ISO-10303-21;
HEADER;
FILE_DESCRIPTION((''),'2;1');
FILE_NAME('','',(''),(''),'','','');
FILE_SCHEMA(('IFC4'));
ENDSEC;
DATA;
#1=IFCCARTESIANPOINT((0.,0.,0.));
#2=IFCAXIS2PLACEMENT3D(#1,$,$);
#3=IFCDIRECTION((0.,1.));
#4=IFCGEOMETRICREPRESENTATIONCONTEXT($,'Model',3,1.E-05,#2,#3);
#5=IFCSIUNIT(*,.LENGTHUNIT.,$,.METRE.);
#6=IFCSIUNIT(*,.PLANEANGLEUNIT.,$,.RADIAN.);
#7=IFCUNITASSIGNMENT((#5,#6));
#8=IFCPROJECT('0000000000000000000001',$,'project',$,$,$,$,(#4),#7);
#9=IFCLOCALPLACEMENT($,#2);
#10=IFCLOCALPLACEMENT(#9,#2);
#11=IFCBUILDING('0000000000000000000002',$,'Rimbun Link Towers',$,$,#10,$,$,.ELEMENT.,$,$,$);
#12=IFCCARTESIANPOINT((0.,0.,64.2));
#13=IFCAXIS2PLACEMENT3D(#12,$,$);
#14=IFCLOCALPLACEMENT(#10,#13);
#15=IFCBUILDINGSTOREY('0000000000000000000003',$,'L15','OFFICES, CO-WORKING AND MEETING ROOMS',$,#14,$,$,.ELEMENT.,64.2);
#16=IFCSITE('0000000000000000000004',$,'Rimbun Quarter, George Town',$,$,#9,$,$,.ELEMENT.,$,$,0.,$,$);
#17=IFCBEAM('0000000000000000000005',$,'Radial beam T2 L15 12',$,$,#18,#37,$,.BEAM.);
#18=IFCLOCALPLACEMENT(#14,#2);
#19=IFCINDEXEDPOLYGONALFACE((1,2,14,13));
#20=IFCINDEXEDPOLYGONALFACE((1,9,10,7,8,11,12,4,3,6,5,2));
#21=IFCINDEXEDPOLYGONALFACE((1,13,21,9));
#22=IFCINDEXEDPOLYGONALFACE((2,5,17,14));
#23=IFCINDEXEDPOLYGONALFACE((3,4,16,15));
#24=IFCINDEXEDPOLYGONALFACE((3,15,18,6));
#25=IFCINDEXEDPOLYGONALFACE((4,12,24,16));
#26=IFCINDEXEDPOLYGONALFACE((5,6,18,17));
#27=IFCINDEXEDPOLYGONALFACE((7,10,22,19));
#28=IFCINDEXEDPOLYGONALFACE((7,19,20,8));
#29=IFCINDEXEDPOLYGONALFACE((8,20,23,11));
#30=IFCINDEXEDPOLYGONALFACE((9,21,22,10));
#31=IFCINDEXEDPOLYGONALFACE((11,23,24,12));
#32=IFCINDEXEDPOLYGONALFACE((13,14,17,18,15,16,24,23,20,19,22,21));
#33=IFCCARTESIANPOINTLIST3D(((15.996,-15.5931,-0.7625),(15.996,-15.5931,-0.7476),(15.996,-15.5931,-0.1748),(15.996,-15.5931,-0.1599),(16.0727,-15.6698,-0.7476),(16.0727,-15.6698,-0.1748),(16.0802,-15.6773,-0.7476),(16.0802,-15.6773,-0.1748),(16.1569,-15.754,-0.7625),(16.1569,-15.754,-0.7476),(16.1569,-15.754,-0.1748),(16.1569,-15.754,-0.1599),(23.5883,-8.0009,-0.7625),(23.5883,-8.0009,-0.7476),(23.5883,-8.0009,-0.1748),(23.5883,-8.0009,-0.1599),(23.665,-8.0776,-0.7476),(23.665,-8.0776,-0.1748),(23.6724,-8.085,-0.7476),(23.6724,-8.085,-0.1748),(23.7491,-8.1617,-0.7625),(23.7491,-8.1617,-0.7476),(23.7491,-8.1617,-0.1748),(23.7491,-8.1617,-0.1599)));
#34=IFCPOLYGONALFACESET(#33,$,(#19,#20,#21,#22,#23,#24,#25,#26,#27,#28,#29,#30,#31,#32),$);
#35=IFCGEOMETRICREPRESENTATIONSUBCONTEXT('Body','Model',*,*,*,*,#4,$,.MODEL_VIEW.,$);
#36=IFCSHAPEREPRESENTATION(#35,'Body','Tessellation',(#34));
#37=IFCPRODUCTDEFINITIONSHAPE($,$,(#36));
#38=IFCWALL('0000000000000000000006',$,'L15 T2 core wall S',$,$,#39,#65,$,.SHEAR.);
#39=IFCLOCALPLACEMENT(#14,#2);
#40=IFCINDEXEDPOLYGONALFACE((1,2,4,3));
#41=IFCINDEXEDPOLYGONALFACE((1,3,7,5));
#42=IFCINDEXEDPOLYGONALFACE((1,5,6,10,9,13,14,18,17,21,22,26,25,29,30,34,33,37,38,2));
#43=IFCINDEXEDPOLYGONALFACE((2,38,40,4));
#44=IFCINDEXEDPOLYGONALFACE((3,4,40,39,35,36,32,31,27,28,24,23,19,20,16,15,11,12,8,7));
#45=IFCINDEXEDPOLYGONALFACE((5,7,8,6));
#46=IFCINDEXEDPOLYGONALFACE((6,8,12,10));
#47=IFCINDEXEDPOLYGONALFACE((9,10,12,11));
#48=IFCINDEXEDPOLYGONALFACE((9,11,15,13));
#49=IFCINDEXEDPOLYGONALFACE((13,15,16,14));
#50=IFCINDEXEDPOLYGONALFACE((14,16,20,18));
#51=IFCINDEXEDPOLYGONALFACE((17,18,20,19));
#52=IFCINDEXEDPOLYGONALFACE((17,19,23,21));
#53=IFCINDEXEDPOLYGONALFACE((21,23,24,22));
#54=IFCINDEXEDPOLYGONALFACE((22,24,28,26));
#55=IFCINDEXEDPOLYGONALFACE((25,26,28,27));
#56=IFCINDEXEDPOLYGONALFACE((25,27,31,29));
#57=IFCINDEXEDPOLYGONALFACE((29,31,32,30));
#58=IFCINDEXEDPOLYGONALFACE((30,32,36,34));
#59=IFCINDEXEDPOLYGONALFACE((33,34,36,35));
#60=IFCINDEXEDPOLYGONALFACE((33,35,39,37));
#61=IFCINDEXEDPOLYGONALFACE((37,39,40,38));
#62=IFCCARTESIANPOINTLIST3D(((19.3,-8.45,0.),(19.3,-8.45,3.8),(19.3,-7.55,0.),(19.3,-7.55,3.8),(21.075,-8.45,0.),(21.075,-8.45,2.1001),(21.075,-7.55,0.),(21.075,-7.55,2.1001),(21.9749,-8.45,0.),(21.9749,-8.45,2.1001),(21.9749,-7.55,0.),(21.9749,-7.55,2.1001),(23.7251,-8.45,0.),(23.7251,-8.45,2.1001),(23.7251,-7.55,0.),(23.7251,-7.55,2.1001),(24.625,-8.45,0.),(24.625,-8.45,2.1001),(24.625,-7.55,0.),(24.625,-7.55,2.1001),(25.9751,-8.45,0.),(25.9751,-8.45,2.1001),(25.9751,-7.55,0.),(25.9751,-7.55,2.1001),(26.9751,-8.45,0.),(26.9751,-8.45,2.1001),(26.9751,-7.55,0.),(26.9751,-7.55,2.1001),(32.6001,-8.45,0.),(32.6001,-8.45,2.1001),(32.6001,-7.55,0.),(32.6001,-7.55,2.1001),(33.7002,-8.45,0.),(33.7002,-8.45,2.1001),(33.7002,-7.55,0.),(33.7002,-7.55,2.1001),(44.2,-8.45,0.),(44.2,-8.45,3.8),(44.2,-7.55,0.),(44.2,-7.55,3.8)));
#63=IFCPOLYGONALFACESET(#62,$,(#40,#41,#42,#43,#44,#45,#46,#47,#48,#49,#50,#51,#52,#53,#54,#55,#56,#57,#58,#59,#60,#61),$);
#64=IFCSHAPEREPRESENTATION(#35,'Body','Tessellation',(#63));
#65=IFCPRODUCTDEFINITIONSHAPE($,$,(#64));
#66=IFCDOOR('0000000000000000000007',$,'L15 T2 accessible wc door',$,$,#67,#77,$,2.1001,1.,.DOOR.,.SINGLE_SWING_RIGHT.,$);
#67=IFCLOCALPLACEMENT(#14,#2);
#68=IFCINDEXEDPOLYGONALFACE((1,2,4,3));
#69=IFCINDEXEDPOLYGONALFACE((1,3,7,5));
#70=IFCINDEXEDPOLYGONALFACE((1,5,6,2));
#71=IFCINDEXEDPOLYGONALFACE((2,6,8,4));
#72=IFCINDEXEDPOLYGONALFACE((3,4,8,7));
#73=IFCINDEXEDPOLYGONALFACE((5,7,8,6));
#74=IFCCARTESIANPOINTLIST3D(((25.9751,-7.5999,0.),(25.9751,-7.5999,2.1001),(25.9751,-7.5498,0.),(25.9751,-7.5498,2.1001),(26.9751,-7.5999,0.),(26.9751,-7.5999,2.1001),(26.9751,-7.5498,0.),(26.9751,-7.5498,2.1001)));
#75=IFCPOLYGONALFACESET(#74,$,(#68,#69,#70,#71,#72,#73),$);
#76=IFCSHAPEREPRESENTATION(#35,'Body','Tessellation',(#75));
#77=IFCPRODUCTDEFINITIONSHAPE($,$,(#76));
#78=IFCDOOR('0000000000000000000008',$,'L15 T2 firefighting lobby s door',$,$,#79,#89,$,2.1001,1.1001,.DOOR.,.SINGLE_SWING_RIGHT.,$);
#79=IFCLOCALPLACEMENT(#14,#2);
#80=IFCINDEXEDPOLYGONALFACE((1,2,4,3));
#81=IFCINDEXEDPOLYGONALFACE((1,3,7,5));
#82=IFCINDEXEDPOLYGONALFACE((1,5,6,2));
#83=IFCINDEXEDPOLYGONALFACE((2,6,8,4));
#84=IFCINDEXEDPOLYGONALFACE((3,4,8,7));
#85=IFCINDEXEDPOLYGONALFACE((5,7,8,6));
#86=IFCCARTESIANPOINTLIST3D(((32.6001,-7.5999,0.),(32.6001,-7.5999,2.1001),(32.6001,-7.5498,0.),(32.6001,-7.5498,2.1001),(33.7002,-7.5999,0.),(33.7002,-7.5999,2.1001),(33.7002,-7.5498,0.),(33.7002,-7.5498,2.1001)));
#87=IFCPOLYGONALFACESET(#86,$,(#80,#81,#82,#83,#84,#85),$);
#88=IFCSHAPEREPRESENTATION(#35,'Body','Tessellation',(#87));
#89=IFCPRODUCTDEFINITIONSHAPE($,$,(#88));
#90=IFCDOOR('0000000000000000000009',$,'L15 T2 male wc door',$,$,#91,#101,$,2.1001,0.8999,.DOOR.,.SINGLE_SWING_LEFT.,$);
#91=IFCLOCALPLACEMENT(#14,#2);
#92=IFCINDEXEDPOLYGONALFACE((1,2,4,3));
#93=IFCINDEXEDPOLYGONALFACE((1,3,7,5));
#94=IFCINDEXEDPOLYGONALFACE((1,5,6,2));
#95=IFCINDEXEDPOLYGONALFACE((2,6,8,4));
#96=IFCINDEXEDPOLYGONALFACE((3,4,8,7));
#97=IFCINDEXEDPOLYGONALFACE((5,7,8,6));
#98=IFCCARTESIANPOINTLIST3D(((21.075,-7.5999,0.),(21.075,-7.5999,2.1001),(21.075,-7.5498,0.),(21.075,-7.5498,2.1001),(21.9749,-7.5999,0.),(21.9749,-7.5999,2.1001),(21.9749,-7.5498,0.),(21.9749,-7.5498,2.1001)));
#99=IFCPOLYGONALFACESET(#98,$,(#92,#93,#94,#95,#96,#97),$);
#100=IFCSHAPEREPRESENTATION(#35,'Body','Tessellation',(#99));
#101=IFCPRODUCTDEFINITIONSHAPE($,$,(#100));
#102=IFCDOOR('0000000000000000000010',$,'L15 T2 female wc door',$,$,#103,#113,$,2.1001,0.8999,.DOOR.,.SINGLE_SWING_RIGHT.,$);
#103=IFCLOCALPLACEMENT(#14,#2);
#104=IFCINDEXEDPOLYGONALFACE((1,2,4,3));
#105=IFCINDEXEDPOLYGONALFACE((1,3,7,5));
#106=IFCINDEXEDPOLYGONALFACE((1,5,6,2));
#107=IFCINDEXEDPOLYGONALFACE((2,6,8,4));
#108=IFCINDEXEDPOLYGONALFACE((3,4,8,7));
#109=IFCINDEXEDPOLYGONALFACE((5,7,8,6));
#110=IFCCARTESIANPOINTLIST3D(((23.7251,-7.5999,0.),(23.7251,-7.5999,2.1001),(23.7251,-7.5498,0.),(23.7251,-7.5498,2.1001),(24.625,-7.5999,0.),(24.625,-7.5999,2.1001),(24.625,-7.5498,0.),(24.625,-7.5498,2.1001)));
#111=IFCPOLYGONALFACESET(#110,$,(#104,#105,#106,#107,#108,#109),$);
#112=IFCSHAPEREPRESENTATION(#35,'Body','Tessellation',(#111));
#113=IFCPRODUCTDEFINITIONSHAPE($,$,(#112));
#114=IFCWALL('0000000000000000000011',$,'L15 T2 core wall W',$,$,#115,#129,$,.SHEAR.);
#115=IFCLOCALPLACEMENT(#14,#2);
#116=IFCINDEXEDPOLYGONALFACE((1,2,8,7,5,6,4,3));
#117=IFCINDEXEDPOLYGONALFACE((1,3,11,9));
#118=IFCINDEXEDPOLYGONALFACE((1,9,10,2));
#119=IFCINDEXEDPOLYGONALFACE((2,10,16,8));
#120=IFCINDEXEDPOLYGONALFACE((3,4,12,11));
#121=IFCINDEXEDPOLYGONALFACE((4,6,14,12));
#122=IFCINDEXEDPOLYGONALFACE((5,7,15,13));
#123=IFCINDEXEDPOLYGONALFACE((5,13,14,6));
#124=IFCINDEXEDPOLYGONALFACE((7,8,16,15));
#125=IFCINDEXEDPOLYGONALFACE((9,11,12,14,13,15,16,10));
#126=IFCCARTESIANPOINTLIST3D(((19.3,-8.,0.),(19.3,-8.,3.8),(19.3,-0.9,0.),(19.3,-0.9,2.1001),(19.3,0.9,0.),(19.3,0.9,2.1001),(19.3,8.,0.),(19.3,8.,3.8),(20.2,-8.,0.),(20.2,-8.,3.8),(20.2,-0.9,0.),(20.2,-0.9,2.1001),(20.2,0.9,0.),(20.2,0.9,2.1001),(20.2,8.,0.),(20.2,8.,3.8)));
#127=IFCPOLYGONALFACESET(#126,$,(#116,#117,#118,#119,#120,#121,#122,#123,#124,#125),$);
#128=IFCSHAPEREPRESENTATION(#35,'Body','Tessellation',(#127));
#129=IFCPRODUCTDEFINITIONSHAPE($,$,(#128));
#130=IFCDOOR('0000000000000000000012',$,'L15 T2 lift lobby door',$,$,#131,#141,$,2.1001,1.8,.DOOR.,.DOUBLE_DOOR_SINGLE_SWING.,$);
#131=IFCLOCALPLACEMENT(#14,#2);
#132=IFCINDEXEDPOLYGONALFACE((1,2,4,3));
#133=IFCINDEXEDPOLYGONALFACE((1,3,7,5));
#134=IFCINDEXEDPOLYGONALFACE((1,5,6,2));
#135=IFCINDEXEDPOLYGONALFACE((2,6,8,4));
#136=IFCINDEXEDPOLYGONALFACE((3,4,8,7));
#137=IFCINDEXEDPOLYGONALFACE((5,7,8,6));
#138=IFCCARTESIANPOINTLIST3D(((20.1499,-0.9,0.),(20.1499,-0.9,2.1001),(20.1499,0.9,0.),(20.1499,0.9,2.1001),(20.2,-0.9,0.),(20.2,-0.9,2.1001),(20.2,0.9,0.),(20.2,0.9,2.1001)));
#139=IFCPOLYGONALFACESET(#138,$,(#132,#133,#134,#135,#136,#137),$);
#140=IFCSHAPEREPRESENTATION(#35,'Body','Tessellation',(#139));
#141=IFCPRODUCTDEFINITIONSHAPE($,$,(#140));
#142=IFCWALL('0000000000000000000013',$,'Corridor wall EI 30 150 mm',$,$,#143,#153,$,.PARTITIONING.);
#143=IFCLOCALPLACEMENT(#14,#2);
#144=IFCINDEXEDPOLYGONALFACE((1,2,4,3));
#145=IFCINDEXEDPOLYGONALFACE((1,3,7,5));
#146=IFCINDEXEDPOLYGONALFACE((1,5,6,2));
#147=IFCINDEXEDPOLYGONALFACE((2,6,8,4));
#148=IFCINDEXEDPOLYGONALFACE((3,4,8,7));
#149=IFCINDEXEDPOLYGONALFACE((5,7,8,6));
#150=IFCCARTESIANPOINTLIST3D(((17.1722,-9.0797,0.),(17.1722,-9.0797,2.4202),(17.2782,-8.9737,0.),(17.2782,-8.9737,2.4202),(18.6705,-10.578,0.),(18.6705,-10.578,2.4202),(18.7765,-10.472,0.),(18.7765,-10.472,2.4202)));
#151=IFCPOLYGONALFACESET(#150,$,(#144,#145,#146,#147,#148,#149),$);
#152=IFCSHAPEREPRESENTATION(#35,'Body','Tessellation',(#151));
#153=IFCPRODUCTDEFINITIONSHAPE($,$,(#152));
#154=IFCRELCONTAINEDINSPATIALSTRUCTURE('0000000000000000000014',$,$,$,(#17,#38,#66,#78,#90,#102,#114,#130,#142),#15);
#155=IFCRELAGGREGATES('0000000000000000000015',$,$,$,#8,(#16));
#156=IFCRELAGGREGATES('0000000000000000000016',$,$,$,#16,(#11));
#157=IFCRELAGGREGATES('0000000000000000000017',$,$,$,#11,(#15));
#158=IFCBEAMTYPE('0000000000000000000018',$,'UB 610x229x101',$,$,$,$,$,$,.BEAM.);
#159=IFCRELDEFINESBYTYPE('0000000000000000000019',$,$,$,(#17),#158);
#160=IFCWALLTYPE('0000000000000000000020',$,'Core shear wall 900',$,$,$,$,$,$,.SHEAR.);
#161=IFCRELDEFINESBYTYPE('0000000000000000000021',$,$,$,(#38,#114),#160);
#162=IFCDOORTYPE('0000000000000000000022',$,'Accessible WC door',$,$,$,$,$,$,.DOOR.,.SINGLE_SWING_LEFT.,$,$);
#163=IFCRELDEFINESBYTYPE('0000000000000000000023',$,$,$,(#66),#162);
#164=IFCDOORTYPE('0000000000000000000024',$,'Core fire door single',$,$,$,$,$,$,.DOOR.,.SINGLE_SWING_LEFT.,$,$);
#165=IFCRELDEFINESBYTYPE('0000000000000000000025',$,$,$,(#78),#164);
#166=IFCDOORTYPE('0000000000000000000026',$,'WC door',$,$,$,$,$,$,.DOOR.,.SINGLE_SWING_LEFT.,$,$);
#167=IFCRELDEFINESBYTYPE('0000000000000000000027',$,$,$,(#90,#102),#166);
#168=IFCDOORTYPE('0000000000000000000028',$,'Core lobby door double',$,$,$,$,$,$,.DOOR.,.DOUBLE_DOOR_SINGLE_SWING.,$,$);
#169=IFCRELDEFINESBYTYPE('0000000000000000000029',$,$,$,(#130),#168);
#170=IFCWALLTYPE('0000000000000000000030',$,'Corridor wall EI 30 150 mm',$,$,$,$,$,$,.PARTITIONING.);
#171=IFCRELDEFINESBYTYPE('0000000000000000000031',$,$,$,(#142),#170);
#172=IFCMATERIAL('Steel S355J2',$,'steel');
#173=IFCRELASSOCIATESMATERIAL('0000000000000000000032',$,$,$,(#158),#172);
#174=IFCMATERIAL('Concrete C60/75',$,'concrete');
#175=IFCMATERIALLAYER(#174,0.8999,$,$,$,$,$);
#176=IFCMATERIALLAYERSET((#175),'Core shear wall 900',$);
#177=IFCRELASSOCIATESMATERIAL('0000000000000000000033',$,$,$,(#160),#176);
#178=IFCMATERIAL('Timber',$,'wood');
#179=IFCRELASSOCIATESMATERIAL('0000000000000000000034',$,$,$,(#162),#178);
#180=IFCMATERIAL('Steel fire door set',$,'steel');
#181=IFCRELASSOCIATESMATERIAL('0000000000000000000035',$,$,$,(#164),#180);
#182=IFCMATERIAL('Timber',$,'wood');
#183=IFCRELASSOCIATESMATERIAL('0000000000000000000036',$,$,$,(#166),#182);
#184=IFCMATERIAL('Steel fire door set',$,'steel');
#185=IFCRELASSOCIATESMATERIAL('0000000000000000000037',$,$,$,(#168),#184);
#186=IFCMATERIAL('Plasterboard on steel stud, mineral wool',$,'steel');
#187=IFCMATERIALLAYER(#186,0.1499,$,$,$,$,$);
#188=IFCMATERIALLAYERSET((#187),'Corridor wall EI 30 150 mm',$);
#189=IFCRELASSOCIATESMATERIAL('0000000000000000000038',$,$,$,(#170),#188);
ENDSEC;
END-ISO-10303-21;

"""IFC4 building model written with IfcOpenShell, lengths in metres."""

from ifc_helpers import new_model, si_unit, direction, frame, frame_2d, origin, origin_2d, place, context, subcontext, project, spatial, rectangle, i_section, extrude, material, layer, layer_set, material_profile, profile_set, type_object, element, fill, save


model = new_model("IFC4")

# Units and contexts
model_context = context("Model", 3, precision=1e-05, world=origin(), true_north=direction((0.0, 1.0)))
body_context = subcontext(model_context, "Body", "Model", "MODEL_VIEW")
ifc_project = project(units=[si_unit("LENGTHUNIT", "METRE"), si_unit("PLANEANGLEUNIT", "RADIAN")], contexts=[model_context])

# Site, building, storey
site_placement = place(None, origin())
site = spatial("IfcSite", under=ifc_project, at=site_placement, Name="Rimbun Quarter, George Town", CompositionType="ELEMENT", RefElevation=0.0)
building_placement = place(site_placement, origin())
building = spatial("IfcBuilding", under=site, at=building_placement, Name="Rimbun Link Towers", CompositionType="ELEMENT")
storey_placement = place(building_placement, frame((0.0, 0.0, 64.2)))
storey = spatial("IfcBuildingStorey", under=building, at=storey_placement, Name="L15", Description="OFFICES, CO-WORKING AND MEETING ROOMS", CompositionType="ELEMENT", Elevation=64.2)

# Beam
ifc_material_1 = material(Name="Steel S355J2", Category="steel")
ifc_material_profile = material_profile(ifc_material_1, i_section(OverallWidth=0.2275, OverallDepth=0.6025, WebThickness=0.0105, FlangeThickness=0.0149, at=origin_2d()), Name="UB 610x229x101")
ifc_profile_set = profile_set([ifc_material_profile], Name="Steel S355J2")
beam_type = type_object("IfcBeamType", Name="UB 610x229x101", PredefinedType="BEAM", material=ifc_profile_set)
beam_placement = place(storey_placement, frame((23.6687, -8.0813, -0.4612), z_axis=(-0.707107, -0.707107, 0.0), x_axis=(0.707107, -0.707107, 0.0)))
element("IfcBeam", 1, at=beam_placement, inside=storey, type_object=beam_type, Name="Radial beam T2 L15 12", PredefinedType="BEAM", context=body_context, shape_type="SweptSolid", body=[
    extrude(i_section(OverallWidth=0.2275, OverallDepth=0.6025, WebThickness=0.0105, FlangeThickness=0.0149, at=origin_2d()), origin(), (0.0, 0.0, 1.0), 10.7371),
])

# Wall, openings, doors
ifc_material_2 = material(Name="Concrete C60/75", Category="concrete")
ifc_layer_1 = layer(ifc_material_2, 0.8999)
ifc_layer_set_1 = layer_set([ifc_layer_1], Name="Core shear wall 900")
wall_type_1 = type_object("IfcWallType", Name="Core shear wall 900", PredefinedType="SHEAR", material=ifc_layer_set_1)
wall_1_placement = place(storey_placement, frame((19.3, -8.0, 0.0), z_axis=(0.0, 0.0, 1.0), x_axis=(1.0, 0.0, 0.0)))
wall_1 = element("IfcWall", 2, at=wall_1_placement, inside=storey, type_object=wall_type_1, Name="L15 T2 core wall S", PredefinedType="SHEAR", context=body_context, shape_type="SweptSolid", body=[
    extrude(rectangle(XDim=24.8999, YDim=0.8999, at=frame_2d((12.45, 0.0))), origin(), (0.0, 0.0, 1.0), 3.8),
])
opening_1_placement = place(wall_1_placement, frame((13.3, 0.0, 0.0)))
opening_1 = element("IfcOpeningElement", 3, at=opening_1_placement, cuts=wall_1, PredefinedType="OPENING", context=body_context, shape_type="SweptSolid", body=[
    extrude(rectangle(XDim=1.1001, YDim=2.1001, at=frame_2d((0.55, 1.05))), frame((0.0, 0.46, 0.0), z_axis=(0.0, -1.0, 0.0), x_axis=(1.0, 0.0, 0.0)), (0.0, 0.0, 1.0), 0.9199),
])
opening_2_placement = place(wall_1_placement, frame((1.7749, 0.0, 0.0)))
opening_2 = element("IfcOpeningElement", 4, at=opening_2_placement, cuts=wall_1, PredefinedType="OPENING", context=body_context, shape_type="SweptSolid", body=[
    extrude(rectangle(XDim=0.8999, YDim=2.1001, at=frame_2d((0.45, 1.05))), frame((0.0, 0.46, 0.0), z_axis=(0.0, -1.0, 0.0), x_axis=(1.0, 0.0, 0.0)), (0.0, 0.0, 1.0), 0.9199),
])
opening_3_placement = place(wall_1_placement, frame((4.425, 0.0, 0.0)))
opening_3 = element("IfcOpeningElement", 5, at=opening_3_placement, cuts=wall_1, PredefinedType="OPENING", context=body_context, shape_type="SweptSolid", body=[
    extrude(rectangle(XDim=0.8999, YDim=2.1001, at=frame_2d((0.45, 1.05))), frame((0.0, 0.46, 0.0), z_axis=(0.0, -1.0, 0.0), x_axis=(1.0, 0.0, 0.0)), (0.0, 0.0, 1.0), 0.9199),
])
opening_4_placement = place(wall_1_placement, frame((6.675, 0.0, 0.0)))
opening_4 = element("IfcOpeningElement", 6, at=opening_4_placement, cuts=wall_1, PredefinedType="OPENING", context=body_context, shape_type="SweptSolid", body=[
    extrude(rectangle(XDim=1.0, YDim=2.1001, at=frame_2d((0.5, 1.05))), frame((0.0, 0.46, 0.0), z_axis=(0.0, -1.0, 0.0), x_axis=(1.0, 0.0, 0.0)), (0.0, 0.0, 1.0), 0.9199),
])
ifc_material_3 = material(Name="Timber", Category="wood")
door_type_1 = type_object("IfcDoorType", Name="Accessible WC door", OperationType="SINGLE_SWING_LEFT", PredefinedType="DOOR", material=ifc_material_3)
door_1_placement = place(opening_4_placement, origin())
door_1 = element("IfcDoor", 7, at=door_1_placement, inside=storey, type_object=door_type_1, Name="L15 T2 accessible wc door", OperationType="SINGLE_SWING_RIGHT", OverallHeight=2.1001, OverallWidth=1.0, PredefinedType="DOOR", context=body_context, shape_type="SweptSolid", body=[
    extrude(rectangle(XDim=1.0, YDim=2.1001, at=frame_2d((0.5, 1.05))), frame((0.0, 0.4502, 0.0), z_axis=(0.0, -1.0, 0.0), x_axis=(1.0, 0.0, 0.0)), (0.0, 0.0, 1.0), 0.05),
])
fill(opening_4, door_1)
ifc_material_4 = material(Name="Steel fire door set", Category="steel")
door_type_2 = type_object("IfcDoorType", Name="Core fire door single", OperationType="SINGLE_SWING_LEFT", PredefinedType="DOOR", material=ifc_material_4)
door_2_placement = place(opening_1_placement, origin())
door_2 = element("IfcDoor", 8, at=door_2_placement, inside=storey, type_object=door_type_2, Name="L15 T2 firefighting lobby s door", OperationType="SINGLE_SWING_RIGHT", OverallHeight=2.1001, OverallWidth=1.1001, PredefinedType="DOOR", context=body_context, shape_type="SweptSolid", body=[
    extrude(rectangle(XDim=1.1001, YDim=2.1001, at=frame_2d((0.55, 1.05))), frame((0.0, 0.4502, 0.0), z_axis=(0.0, -1.0, 0.0), x_axis=(1.0, 0.0, 0.0)), (0.0, 0.0, 1.0), 0.05),
])
fill(opening_1, door_2)
ifc_material_5 = material(Name="Timber", Category="wood")
door_type_3 = type_object("IfcDoorType", Name="WC door", OperationType="SINGLE_SWING_LEFT", PredefinedType="DOOR", material=ifc_material_5)
door_3_placement = place(opening_2_placement, origin())
door_3 = element("IfcDoor", 9, at=door_3_placement, inside=storey, type_object=door_type_3, Name="L15 T2 male wc door", OperationType="SINGLE_SWING_LEFT", OverallHeight=2.1001, OverallWidth=0.8999, PredefinedType="DOOR", context=body_context, shape_type="SweptSolid", body=[
    extrude(rectangle(XDim=0.8999, YDim=2.1001, at=frame_2d((0.45, 1.05))), frame((0.0, 0.4502, 0.0), z_axis=(0.0, -1.0, 0.0), x_axis=(1.0, 0.0, 0.0)), (0.0, 0.0, 1.0), 0.05),
])
fill(opening_2, door_3)
door_4_placement = place(opening_3_placement, origin())
door_4 = element("IfcDoor", 10, at=door_4_placement, inside=storey, type_object=door_type_3, Name="L15 T2 female wc door", OperationType="SINGLE_SWING_RIGHT", OverallHeight=2.1001, OverallWidth=0.8999, PredefinedType="DOOR", context=body_context, shape_type="SweptSolid", body=[
    extrude(rectangle(XDim=0.8999, YDim=2.1001, at=frame_2d((0.45, 1.05))), frame((0.0, 0.4502, 0.0), z_axis=(0.0, -1.0, 0.0), x_axis=(1.0, 0.0, 0.0)), (0.0, 0.0, 1.0), 0.05),
])
fill(opening_3, door_4)

# Wall, opening, door
wall_2_placement = place(storey_placement, frame((19.75, -8.0, 0.0), z_axis=(0.0, 0.0, 1.0), x_axis=(0.0, 1.0, 0.0)))
wall_2 = element("IfcWall", 11, at=wall_2_placement, inside=storey, type_object=wall_type_1, Name="L15 T2 core wall W", PredefinedType="SHEAR", context=body_context, shape_type="SweptSolid", body=[
    extrude(rectangle(XDim=16.0, YDim=0.8999, at=frame_2d((8.0, 0.0))), origin(), (0.0, 0.0, 1.0), 3.8),
])
opening_5_placement = place(wall_2_placement, frame((7.1001, 0.0, 0.0)))
opening_5 = element("IfcOpeningElement", 12, at=opening_5_placement, cuts=wall_2, PredefinedType="OPENING", context=body_context, shape_type="SweptSolid", body=[
    extrude(rectangle(XDim=1.8, YDim=2.1001, at=frame_2d((0.8999, 1.05))), frame((0.0, 0.46, 0.0), z_axis=(0.0, -1.0, 0.0), x_axis=(1.0, 0.0, 0.0)), (0.0, 0.0, 1.0), 0.9199),
])
ifc_material_6 = material(Name="Steel fire door set", Category="steel")
door_type_4 = type_object("IfcDoorType", Name="Core lobby door double", OperationType="DOUBLE_DOOR_SINGLE_SWING", PredefinedType="DOOR", material=ifc_material_6)
door_5_placement = place(opening_5_placement, origin())
door_5 = element("IfcDoor", 13, at=door_5_placement, inside=storey, type_object=door_type_4, Name="L15 T2 lift lobby door", OperationType="DOUBLE_DOOR_SINGLE_SWING", OverallHeight=2.1001, OverallWidth=1.8, PredefinedType="DOOR", context=body_context, shape_type="SweptSolid", body=[
    extrude(rectangle(XDim=1.8, YDim=2.1001, at=frame_2d((0.8999, 1.05))), frame((0.0, -0.3999, 0.0), z_axis=(0.0, -1.0, 0.0), x_axis=(1.0, 0.0, 0.0)), (0.0, 0.0, 1.0), 0.05),
])
fill(opening_5, door_5)

# Wall
ifc_material_7 = material(Name="Plasterboard on steel stud, mineral wool", Category="steel")
ifc_layer_2 = layer(ifc_material_7, 0.1499)
ifc_layer_set_2 = layer_set([ifc_layer_2], Name="Corridor wall EI 30 150 mm")
wall_type_2 = type_object("IfcWallType", Name="Corridor wall EI 30 150 mm", PredefinedType="PARTITIONING", material=ifc_layer_set_2)
wall_3_placement = place(storey_placement, frame((17.2251, -9.0266, 0.0), z_axis=(0.0, 0.0, 1.0), x_axis=(0.707107, -0.707107, 0.0)))
element("IfcWall", 14, at=wall_3_placement, inside=storey, type_object=wall_type_2, Name="Corridor wall EI 30 150 mm", PredefinedType="PARTITIONING", context=body_context, shape_type="SweptSolid", body=[
    extrude(rectangle(XDim=2.1189, YDim=0.1499, at=frame_2d((1.0596, 0.0))), origin(), (0.0, 0.0, 1.0), 2.4202),
])

save(model, "model.ifc")
